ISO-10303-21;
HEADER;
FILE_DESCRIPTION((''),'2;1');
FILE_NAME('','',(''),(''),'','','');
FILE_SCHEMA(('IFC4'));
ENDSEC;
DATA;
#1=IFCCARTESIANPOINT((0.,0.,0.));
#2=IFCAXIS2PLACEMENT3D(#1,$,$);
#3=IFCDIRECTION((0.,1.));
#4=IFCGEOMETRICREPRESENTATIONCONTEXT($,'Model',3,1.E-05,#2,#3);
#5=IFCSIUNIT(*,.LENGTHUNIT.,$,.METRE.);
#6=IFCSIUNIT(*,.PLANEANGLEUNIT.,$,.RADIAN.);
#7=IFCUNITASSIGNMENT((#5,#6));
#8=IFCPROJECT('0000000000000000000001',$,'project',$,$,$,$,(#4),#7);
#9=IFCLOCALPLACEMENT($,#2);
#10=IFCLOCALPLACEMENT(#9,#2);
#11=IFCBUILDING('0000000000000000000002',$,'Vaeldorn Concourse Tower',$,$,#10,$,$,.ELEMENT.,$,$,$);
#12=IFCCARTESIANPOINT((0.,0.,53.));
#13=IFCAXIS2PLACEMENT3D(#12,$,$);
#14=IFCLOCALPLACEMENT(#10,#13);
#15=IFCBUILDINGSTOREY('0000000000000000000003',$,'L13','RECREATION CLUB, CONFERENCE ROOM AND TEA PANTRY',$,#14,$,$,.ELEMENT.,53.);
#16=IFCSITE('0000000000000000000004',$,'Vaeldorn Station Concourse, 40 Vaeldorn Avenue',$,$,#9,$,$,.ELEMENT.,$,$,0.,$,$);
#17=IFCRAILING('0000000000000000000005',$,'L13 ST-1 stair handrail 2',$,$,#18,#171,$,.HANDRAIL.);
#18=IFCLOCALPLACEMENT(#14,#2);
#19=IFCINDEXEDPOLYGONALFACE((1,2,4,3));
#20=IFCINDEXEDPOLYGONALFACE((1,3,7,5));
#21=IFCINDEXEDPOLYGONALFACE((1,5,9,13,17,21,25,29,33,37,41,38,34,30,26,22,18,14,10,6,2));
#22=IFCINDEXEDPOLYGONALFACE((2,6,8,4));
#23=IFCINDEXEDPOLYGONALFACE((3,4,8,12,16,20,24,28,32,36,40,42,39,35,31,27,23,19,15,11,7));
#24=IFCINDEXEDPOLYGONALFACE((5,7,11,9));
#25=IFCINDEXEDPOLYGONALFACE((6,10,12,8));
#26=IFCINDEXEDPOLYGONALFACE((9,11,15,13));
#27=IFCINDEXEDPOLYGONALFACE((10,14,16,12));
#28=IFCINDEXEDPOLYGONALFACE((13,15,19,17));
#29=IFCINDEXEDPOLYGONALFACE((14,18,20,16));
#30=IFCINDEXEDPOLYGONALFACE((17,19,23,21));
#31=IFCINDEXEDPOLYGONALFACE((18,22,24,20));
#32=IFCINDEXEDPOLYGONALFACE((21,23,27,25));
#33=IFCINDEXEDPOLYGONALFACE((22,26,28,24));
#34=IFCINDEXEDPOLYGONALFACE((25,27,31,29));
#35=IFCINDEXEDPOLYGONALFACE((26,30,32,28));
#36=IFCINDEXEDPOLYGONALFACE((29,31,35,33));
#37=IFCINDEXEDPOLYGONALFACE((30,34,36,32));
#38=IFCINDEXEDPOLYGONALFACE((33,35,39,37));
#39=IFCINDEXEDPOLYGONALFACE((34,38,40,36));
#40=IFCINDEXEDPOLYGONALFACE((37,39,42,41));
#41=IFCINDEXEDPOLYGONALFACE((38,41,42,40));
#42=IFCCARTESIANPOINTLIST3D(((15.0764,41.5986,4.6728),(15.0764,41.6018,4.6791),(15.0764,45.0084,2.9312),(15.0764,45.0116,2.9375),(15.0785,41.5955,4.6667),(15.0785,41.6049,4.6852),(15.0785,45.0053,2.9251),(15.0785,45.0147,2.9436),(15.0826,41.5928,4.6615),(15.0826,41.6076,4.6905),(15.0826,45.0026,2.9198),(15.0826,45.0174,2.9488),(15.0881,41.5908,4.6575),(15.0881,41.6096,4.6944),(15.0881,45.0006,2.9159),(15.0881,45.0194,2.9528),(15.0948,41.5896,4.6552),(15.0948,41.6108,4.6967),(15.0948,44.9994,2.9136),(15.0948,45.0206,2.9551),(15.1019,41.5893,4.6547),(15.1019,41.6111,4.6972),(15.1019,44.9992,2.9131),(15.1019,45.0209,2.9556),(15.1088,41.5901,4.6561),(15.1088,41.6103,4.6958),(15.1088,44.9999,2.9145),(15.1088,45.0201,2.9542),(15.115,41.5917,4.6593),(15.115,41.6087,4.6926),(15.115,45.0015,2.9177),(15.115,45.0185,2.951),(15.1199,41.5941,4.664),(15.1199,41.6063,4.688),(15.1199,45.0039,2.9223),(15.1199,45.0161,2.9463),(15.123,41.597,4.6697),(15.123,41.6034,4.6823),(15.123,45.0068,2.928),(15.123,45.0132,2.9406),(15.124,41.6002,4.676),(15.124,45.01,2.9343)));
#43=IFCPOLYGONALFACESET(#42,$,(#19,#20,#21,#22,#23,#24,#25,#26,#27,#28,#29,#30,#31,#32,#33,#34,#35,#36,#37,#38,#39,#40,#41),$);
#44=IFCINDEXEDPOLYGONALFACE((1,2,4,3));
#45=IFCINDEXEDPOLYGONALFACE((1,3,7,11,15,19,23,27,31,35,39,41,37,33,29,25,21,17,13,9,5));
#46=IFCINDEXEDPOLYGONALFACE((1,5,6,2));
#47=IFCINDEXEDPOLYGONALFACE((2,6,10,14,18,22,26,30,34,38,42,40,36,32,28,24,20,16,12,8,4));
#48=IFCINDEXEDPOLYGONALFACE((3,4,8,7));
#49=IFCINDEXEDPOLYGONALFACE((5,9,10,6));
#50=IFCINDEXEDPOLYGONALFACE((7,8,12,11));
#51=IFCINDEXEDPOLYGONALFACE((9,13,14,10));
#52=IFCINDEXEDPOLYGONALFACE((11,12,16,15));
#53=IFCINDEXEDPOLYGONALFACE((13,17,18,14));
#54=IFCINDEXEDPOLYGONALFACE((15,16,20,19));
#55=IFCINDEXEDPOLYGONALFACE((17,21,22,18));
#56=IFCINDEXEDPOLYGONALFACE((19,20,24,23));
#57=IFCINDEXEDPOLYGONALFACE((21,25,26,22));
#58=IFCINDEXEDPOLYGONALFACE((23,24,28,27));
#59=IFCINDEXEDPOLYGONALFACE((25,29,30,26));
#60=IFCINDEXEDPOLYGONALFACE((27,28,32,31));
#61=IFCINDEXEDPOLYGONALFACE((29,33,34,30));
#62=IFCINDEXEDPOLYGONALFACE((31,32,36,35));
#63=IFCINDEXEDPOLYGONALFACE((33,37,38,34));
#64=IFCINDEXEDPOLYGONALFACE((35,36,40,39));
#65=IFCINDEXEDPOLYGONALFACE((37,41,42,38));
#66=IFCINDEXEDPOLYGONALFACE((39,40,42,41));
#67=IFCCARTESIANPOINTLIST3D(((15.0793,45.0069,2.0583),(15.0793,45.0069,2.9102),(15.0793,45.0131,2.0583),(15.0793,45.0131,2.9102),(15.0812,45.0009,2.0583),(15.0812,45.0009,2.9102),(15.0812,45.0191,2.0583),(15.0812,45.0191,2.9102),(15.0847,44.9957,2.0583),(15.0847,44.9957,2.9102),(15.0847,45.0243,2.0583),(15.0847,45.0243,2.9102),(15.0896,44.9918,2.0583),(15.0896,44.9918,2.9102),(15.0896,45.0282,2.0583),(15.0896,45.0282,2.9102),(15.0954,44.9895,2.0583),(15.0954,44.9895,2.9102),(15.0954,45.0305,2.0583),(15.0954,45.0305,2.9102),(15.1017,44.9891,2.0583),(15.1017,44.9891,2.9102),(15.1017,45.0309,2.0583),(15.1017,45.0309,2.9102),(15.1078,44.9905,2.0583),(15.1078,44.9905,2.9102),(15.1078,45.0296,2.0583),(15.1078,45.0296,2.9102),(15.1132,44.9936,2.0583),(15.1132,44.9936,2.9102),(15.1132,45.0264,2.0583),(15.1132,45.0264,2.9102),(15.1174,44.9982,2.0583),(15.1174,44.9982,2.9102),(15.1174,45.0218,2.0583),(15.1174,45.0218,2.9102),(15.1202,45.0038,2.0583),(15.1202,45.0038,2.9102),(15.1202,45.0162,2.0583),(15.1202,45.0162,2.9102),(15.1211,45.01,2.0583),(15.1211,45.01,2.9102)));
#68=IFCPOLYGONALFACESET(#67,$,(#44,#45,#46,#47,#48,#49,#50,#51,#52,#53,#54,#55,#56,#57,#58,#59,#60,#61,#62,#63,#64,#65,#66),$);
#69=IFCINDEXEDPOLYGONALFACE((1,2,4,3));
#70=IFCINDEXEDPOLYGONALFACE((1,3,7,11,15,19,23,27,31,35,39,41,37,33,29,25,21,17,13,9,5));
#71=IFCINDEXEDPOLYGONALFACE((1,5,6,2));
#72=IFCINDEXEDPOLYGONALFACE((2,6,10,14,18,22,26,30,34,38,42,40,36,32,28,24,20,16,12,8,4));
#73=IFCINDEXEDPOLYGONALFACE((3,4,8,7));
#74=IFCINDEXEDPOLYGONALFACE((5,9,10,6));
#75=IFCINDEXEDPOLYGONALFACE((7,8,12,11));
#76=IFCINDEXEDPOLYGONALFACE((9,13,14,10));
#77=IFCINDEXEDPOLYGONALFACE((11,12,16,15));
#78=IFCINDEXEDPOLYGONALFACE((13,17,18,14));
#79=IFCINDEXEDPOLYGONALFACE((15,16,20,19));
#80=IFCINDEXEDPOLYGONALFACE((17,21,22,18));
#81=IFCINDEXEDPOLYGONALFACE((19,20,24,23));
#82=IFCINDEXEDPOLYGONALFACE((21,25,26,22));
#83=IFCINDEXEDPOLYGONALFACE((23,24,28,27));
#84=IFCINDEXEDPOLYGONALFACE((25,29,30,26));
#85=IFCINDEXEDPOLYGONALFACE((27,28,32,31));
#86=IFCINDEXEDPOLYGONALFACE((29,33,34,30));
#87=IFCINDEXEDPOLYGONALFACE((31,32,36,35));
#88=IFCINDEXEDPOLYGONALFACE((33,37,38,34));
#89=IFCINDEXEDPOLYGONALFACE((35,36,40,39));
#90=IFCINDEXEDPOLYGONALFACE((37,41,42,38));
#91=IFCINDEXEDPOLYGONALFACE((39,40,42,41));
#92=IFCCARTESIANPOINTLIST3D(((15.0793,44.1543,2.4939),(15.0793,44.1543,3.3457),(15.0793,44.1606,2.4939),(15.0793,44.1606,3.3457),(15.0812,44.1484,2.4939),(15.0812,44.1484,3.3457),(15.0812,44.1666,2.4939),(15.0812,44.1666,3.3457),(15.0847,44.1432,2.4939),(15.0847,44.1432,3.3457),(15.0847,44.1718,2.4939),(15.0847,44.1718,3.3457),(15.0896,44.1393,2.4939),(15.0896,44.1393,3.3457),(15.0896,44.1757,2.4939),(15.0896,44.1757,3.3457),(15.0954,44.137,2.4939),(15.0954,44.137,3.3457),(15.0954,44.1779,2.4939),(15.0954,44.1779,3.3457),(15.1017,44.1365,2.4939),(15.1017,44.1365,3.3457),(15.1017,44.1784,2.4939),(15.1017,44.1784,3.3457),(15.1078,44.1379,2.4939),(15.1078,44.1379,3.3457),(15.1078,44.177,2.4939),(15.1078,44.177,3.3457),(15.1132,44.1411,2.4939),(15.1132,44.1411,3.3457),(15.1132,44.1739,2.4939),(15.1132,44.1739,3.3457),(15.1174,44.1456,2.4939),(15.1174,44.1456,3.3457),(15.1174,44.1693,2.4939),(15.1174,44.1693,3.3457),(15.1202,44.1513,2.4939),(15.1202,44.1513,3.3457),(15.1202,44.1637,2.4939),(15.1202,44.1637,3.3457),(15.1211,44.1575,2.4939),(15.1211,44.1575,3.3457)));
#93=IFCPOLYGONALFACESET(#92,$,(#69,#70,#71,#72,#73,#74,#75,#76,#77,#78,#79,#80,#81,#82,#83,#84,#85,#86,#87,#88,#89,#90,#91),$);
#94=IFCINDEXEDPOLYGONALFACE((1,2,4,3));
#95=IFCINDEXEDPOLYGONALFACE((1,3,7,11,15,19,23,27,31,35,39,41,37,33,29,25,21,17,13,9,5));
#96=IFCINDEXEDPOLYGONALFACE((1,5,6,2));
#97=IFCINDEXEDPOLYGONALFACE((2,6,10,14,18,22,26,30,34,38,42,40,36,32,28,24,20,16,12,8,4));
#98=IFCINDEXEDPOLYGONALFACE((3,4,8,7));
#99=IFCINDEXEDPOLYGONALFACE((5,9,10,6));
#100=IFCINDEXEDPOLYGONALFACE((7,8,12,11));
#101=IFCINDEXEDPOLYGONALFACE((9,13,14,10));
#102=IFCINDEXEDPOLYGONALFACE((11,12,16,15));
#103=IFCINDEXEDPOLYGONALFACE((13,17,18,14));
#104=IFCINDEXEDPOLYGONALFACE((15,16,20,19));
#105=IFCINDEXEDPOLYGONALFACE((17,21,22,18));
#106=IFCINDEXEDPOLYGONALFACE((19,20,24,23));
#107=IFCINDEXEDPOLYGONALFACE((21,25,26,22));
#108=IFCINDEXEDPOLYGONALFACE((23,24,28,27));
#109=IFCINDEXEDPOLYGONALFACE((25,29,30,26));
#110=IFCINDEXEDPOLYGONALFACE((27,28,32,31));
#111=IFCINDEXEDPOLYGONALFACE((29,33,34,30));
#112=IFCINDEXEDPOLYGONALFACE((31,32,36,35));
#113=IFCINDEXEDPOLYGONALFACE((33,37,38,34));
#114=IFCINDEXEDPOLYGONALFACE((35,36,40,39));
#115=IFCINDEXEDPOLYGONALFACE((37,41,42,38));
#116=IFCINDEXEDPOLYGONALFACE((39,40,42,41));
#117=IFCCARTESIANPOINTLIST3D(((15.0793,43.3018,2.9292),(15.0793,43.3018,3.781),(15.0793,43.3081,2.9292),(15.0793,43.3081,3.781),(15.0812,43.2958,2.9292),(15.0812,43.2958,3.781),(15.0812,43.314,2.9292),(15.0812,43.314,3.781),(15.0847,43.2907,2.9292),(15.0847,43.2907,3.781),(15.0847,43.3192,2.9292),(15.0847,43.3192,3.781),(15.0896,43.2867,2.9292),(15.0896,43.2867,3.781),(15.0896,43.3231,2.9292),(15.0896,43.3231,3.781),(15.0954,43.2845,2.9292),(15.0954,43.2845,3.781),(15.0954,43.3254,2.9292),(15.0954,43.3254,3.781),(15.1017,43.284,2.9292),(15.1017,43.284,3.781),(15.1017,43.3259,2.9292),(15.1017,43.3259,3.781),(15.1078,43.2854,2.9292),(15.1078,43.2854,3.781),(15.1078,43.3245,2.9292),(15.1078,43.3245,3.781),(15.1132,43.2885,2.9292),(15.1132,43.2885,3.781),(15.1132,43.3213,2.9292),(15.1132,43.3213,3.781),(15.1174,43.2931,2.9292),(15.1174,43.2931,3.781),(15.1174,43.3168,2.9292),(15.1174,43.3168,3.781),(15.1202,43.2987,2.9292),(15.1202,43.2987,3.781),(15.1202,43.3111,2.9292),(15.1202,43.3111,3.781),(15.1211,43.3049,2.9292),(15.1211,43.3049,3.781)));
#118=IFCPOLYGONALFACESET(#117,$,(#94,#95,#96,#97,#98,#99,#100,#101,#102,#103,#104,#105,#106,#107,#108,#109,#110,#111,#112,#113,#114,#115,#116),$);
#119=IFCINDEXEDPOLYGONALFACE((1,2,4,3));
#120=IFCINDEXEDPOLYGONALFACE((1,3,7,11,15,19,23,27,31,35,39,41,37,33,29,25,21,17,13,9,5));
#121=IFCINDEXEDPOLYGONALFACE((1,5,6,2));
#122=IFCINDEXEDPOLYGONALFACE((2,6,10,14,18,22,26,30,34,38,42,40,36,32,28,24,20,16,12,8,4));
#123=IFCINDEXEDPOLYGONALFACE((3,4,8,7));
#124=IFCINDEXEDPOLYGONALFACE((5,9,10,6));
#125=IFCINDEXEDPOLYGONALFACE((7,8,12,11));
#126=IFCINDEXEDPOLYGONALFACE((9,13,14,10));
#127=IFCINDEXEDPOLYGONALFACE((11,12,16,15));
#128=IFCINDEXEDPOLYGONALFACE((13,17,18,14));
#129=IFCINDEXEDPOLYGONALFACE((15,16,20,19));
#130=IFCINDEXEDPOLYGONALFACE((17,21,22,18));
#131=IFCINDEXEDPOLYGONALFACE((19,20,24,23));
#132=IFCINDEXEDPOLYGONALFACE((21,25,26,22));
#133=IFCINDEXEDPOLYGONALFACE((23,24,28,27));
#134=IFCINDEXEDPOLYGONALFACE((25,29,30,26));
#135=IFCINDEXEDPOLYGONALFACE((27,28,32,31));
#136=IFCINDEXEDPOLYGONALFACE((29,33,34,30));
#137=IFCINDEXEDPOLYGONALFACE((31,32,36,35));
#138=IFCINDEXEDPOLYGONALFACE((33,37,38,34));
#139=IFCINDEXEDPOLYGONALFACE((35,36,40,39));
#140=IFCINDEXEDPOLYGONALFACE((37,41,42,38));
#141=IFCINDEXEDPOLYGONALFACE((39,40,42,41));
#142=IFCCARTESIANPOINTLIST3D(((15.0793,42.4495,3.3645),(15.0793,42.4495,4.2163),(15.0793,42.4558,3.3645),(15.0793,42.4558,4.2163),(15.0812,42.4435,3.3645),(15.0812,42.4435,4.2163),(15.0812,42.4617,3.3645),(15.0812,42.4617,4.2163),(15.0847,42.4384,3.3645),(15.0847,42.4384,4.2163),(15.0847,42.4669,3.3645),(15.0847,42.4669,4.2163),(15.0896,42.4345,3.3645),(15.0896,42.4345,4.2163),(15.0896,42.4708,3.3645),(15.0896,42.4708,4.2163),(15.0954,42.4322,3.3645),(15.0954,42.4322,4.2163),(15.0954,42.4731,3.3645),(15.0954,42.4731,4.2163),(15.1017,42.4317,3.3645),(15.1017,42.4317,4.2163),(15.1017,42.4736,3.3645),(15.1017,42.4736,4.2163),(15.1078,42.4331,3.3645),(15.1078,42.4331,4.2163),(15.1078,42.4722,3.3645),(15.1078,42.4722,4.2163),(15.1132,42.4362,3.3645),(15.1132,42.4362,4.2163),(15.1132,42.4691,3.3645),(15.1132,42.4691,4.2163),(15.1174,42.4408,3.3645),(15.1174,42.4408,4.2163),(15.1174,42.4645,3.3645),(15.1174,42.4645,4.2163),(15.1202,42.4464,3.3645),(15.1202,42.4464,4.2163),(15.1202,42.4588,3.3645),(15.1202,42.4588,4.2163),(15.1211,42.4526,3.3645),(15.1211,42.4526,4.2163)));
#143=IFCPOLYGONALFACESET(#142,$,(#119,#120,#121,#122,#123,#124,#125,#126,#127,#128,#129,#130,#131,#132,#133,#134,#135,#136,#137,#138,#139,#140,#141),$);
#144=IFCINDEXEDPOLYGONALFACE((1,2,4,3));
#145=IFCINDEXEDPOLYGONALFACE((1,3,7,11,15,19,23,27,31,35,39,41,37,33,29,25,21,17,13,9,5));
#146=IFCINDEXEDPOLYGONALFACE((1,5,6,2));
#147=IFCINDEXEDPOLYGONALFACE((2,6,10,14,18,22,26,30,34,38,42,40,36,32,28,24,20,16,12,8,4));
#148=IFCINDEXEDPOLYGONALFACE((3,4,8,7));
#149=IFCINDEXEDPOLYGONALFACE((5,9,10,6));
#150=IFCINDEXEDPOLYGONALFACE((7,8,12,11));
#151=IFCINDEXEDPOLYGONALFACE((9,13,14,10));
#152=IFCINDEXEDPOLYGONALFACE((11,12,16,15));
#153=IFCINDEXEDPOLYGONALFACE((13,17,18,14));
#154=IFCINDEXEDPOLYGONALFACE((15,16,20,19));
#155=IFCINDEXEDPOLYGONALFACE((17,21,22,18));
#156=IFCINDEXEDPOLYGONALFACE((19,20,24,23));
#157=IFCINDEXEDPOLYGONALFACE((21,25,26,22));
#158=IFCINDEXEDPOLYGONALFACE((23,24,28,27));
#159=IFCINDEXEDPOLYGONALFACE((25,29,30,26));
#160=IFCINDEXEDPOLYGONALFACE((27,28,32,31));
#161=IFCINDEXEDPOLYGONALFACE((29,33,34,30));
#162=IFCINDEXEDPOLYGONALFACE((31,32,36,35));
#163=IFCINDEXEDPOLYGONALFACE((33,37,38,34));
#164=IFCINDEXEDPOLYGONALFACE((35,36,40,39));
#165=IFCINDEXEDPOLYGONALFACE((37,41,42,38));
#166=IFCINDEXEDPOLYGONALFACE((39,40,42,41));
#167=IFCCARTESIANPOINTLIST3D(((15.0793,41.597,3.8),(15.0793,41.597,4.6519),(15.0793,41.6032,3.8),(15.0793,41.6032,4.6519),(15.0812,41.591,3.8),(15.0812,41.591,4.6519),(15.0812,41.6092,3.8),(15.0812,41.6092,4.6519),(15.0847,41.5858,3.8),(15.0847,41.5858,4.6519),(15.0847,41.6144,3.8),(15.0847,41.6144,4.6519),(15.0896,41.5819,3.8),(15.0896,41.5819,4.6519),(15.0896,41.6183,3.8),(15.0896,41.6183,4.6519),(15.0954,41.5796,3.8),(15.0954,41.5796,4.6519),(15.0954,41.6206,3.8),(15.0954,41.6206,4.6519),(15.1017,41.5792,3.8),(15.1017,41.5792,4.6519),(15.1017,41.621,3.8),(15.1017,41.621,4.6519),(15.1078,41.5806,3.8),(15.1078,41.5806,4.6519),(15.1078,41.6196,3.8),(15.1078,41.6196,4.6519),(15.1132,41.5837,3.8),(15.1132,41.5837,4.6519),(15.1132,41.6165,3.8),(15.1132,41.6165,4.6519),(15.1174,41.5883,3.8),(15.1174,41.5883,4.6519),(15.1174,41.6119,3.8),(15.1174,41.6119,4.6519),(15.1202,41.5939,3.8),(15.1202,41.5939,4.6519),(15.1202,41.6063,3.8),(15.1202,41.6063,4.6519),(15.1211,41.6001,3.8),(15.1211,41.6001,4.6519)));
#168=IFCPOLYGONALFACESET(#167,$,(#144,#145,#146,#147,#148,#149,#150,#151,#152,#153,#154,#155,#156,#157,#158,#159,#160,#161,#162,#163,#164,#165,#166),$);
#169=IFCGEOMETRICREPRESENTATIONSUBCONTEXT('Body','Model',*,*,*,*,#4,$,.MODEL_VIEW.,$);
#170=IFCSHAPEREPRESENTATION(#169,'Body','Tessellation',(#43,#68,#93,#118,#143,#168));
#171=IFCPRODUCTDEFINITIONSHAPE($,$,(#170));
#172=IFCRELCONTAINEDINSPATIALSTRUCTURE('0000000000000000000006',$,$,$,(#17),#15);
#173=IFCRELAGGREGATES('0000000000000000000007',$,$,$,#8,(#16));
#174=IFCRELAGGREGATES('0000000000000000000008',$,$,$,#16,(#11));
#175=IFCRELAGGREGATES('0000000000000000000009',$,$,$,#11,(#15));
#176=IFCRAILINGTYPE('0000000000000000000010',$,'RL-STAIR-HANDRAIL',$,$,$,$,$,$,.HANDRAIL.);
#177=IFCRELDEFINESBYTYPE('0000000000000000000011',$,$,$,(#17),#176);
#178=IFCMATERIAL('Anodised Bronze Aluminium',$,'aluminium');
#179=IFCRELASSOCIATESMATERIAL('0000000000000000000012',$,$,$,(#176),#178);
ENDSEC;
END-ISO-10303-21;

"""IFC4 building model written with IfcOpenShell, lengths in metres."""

from ifc_helpers import new_model, si_unit, direction, frame, origin, origin_2d, place, context, subcontext, project, spatial, circle, extrude, material, type_object, element, save


model = new_model("IFC4")

# Units and contexts
model_context = context("Model", 3, precision=1e-05, world=origin(), true_north=direction((0.0, 1.0)))
body_context = subcontext(model_context, "Body", "Model", "MODEL_VIEW")
ifc_project = project(units=[si_unit("LENGTHUNIT", "METRE"), si_unit("PLANEANGLEUNIT", "RADIAN")], contexts=[model_context])

# Site, building, storey
site_placement = place(None, origin())
site = spatial("IfcSite", under=ifc_project, at=site_placement, Name="Vaeldorn Station Concourse, 40 Vaeldorn Avenue", CompositionType="ELEMENT", RefElevation=0.0)
building_placement = place(site_placement, origin())
building = spatial("IfcBuilding", under=site, at=building_placement, Name="Vaeldorn Concourse Tower", CompositionType="ELEMENT")
storey_placement = place(building_placement, frame((0.0, 0.0, 53.0)))
storey = spatial("IfcBuildingStorey", under=building, at=storey_placement, Name="L13", Description="RECREATION CLUB, CONFERENCE ROOM AND TEA PANTRY", CompositionType="ELEMENT", Elevation=53.0)

# Shared definitions
ifc_material_1 = material(Name="Anodised Bronze Aluminium", Category="aluminium")

# Railing
railing_type_1 = type_object("IfcRailingType", Name="RL-STAIR-HANDRAIL", PredefinedType="HANDRAIL", material=ifc_material_1)
railing_1_placement = place(storey_placement, frame((15.1001, 45.01, 2.0583)))
element("IfcRailing", 1, at=railing_1_placement, inside=storey, type_object=railing_type_1, Name="L13 ST-1 stair handrail 2", PredefinedType="HANDRAIL", context=body_context, shape_type="SweptSolid", body=[
    extrude(circle(Radius=0.0239, at=origin_2d()), frame((0.0, 0.0, 0.876), z_axis=(0.0, -0.890556, 0.454874), x_axis=(1.0, 0.0, 0.0)), (0.0, 0.0, 1.0), 3.8289),
    extrude(circle(Radius=0.021, at=origin_2d()), origin(), (0.0, 0.0, 1.0), 0.8518),
    extrude(circle(Radius=0.021, at=origin_2d()), frame((0.0, -0.8525, 0.4355)), (0.0, 0.0, 1.0), 0.8518),
    extrude(circle(Radius=0.021, at=origin_2d()), frame((0.0, -1.7051, 0.8708)), (0.0, 0.0, 1.0), 0.8518),
    extrude(circle(Radius=0.021, at=origin_2d()), frame((0.0, -2.5574, 1.3062)), (0.0, 0.0, 1.0), 0.8518),
    extrude(circle(Radius=0.021, at=origin_2d()), frame((0.0, -3.4099, 1.7417)), (0.0, 0.0, 1.0), 0.8518),
])

save(model, "model.ifc")
